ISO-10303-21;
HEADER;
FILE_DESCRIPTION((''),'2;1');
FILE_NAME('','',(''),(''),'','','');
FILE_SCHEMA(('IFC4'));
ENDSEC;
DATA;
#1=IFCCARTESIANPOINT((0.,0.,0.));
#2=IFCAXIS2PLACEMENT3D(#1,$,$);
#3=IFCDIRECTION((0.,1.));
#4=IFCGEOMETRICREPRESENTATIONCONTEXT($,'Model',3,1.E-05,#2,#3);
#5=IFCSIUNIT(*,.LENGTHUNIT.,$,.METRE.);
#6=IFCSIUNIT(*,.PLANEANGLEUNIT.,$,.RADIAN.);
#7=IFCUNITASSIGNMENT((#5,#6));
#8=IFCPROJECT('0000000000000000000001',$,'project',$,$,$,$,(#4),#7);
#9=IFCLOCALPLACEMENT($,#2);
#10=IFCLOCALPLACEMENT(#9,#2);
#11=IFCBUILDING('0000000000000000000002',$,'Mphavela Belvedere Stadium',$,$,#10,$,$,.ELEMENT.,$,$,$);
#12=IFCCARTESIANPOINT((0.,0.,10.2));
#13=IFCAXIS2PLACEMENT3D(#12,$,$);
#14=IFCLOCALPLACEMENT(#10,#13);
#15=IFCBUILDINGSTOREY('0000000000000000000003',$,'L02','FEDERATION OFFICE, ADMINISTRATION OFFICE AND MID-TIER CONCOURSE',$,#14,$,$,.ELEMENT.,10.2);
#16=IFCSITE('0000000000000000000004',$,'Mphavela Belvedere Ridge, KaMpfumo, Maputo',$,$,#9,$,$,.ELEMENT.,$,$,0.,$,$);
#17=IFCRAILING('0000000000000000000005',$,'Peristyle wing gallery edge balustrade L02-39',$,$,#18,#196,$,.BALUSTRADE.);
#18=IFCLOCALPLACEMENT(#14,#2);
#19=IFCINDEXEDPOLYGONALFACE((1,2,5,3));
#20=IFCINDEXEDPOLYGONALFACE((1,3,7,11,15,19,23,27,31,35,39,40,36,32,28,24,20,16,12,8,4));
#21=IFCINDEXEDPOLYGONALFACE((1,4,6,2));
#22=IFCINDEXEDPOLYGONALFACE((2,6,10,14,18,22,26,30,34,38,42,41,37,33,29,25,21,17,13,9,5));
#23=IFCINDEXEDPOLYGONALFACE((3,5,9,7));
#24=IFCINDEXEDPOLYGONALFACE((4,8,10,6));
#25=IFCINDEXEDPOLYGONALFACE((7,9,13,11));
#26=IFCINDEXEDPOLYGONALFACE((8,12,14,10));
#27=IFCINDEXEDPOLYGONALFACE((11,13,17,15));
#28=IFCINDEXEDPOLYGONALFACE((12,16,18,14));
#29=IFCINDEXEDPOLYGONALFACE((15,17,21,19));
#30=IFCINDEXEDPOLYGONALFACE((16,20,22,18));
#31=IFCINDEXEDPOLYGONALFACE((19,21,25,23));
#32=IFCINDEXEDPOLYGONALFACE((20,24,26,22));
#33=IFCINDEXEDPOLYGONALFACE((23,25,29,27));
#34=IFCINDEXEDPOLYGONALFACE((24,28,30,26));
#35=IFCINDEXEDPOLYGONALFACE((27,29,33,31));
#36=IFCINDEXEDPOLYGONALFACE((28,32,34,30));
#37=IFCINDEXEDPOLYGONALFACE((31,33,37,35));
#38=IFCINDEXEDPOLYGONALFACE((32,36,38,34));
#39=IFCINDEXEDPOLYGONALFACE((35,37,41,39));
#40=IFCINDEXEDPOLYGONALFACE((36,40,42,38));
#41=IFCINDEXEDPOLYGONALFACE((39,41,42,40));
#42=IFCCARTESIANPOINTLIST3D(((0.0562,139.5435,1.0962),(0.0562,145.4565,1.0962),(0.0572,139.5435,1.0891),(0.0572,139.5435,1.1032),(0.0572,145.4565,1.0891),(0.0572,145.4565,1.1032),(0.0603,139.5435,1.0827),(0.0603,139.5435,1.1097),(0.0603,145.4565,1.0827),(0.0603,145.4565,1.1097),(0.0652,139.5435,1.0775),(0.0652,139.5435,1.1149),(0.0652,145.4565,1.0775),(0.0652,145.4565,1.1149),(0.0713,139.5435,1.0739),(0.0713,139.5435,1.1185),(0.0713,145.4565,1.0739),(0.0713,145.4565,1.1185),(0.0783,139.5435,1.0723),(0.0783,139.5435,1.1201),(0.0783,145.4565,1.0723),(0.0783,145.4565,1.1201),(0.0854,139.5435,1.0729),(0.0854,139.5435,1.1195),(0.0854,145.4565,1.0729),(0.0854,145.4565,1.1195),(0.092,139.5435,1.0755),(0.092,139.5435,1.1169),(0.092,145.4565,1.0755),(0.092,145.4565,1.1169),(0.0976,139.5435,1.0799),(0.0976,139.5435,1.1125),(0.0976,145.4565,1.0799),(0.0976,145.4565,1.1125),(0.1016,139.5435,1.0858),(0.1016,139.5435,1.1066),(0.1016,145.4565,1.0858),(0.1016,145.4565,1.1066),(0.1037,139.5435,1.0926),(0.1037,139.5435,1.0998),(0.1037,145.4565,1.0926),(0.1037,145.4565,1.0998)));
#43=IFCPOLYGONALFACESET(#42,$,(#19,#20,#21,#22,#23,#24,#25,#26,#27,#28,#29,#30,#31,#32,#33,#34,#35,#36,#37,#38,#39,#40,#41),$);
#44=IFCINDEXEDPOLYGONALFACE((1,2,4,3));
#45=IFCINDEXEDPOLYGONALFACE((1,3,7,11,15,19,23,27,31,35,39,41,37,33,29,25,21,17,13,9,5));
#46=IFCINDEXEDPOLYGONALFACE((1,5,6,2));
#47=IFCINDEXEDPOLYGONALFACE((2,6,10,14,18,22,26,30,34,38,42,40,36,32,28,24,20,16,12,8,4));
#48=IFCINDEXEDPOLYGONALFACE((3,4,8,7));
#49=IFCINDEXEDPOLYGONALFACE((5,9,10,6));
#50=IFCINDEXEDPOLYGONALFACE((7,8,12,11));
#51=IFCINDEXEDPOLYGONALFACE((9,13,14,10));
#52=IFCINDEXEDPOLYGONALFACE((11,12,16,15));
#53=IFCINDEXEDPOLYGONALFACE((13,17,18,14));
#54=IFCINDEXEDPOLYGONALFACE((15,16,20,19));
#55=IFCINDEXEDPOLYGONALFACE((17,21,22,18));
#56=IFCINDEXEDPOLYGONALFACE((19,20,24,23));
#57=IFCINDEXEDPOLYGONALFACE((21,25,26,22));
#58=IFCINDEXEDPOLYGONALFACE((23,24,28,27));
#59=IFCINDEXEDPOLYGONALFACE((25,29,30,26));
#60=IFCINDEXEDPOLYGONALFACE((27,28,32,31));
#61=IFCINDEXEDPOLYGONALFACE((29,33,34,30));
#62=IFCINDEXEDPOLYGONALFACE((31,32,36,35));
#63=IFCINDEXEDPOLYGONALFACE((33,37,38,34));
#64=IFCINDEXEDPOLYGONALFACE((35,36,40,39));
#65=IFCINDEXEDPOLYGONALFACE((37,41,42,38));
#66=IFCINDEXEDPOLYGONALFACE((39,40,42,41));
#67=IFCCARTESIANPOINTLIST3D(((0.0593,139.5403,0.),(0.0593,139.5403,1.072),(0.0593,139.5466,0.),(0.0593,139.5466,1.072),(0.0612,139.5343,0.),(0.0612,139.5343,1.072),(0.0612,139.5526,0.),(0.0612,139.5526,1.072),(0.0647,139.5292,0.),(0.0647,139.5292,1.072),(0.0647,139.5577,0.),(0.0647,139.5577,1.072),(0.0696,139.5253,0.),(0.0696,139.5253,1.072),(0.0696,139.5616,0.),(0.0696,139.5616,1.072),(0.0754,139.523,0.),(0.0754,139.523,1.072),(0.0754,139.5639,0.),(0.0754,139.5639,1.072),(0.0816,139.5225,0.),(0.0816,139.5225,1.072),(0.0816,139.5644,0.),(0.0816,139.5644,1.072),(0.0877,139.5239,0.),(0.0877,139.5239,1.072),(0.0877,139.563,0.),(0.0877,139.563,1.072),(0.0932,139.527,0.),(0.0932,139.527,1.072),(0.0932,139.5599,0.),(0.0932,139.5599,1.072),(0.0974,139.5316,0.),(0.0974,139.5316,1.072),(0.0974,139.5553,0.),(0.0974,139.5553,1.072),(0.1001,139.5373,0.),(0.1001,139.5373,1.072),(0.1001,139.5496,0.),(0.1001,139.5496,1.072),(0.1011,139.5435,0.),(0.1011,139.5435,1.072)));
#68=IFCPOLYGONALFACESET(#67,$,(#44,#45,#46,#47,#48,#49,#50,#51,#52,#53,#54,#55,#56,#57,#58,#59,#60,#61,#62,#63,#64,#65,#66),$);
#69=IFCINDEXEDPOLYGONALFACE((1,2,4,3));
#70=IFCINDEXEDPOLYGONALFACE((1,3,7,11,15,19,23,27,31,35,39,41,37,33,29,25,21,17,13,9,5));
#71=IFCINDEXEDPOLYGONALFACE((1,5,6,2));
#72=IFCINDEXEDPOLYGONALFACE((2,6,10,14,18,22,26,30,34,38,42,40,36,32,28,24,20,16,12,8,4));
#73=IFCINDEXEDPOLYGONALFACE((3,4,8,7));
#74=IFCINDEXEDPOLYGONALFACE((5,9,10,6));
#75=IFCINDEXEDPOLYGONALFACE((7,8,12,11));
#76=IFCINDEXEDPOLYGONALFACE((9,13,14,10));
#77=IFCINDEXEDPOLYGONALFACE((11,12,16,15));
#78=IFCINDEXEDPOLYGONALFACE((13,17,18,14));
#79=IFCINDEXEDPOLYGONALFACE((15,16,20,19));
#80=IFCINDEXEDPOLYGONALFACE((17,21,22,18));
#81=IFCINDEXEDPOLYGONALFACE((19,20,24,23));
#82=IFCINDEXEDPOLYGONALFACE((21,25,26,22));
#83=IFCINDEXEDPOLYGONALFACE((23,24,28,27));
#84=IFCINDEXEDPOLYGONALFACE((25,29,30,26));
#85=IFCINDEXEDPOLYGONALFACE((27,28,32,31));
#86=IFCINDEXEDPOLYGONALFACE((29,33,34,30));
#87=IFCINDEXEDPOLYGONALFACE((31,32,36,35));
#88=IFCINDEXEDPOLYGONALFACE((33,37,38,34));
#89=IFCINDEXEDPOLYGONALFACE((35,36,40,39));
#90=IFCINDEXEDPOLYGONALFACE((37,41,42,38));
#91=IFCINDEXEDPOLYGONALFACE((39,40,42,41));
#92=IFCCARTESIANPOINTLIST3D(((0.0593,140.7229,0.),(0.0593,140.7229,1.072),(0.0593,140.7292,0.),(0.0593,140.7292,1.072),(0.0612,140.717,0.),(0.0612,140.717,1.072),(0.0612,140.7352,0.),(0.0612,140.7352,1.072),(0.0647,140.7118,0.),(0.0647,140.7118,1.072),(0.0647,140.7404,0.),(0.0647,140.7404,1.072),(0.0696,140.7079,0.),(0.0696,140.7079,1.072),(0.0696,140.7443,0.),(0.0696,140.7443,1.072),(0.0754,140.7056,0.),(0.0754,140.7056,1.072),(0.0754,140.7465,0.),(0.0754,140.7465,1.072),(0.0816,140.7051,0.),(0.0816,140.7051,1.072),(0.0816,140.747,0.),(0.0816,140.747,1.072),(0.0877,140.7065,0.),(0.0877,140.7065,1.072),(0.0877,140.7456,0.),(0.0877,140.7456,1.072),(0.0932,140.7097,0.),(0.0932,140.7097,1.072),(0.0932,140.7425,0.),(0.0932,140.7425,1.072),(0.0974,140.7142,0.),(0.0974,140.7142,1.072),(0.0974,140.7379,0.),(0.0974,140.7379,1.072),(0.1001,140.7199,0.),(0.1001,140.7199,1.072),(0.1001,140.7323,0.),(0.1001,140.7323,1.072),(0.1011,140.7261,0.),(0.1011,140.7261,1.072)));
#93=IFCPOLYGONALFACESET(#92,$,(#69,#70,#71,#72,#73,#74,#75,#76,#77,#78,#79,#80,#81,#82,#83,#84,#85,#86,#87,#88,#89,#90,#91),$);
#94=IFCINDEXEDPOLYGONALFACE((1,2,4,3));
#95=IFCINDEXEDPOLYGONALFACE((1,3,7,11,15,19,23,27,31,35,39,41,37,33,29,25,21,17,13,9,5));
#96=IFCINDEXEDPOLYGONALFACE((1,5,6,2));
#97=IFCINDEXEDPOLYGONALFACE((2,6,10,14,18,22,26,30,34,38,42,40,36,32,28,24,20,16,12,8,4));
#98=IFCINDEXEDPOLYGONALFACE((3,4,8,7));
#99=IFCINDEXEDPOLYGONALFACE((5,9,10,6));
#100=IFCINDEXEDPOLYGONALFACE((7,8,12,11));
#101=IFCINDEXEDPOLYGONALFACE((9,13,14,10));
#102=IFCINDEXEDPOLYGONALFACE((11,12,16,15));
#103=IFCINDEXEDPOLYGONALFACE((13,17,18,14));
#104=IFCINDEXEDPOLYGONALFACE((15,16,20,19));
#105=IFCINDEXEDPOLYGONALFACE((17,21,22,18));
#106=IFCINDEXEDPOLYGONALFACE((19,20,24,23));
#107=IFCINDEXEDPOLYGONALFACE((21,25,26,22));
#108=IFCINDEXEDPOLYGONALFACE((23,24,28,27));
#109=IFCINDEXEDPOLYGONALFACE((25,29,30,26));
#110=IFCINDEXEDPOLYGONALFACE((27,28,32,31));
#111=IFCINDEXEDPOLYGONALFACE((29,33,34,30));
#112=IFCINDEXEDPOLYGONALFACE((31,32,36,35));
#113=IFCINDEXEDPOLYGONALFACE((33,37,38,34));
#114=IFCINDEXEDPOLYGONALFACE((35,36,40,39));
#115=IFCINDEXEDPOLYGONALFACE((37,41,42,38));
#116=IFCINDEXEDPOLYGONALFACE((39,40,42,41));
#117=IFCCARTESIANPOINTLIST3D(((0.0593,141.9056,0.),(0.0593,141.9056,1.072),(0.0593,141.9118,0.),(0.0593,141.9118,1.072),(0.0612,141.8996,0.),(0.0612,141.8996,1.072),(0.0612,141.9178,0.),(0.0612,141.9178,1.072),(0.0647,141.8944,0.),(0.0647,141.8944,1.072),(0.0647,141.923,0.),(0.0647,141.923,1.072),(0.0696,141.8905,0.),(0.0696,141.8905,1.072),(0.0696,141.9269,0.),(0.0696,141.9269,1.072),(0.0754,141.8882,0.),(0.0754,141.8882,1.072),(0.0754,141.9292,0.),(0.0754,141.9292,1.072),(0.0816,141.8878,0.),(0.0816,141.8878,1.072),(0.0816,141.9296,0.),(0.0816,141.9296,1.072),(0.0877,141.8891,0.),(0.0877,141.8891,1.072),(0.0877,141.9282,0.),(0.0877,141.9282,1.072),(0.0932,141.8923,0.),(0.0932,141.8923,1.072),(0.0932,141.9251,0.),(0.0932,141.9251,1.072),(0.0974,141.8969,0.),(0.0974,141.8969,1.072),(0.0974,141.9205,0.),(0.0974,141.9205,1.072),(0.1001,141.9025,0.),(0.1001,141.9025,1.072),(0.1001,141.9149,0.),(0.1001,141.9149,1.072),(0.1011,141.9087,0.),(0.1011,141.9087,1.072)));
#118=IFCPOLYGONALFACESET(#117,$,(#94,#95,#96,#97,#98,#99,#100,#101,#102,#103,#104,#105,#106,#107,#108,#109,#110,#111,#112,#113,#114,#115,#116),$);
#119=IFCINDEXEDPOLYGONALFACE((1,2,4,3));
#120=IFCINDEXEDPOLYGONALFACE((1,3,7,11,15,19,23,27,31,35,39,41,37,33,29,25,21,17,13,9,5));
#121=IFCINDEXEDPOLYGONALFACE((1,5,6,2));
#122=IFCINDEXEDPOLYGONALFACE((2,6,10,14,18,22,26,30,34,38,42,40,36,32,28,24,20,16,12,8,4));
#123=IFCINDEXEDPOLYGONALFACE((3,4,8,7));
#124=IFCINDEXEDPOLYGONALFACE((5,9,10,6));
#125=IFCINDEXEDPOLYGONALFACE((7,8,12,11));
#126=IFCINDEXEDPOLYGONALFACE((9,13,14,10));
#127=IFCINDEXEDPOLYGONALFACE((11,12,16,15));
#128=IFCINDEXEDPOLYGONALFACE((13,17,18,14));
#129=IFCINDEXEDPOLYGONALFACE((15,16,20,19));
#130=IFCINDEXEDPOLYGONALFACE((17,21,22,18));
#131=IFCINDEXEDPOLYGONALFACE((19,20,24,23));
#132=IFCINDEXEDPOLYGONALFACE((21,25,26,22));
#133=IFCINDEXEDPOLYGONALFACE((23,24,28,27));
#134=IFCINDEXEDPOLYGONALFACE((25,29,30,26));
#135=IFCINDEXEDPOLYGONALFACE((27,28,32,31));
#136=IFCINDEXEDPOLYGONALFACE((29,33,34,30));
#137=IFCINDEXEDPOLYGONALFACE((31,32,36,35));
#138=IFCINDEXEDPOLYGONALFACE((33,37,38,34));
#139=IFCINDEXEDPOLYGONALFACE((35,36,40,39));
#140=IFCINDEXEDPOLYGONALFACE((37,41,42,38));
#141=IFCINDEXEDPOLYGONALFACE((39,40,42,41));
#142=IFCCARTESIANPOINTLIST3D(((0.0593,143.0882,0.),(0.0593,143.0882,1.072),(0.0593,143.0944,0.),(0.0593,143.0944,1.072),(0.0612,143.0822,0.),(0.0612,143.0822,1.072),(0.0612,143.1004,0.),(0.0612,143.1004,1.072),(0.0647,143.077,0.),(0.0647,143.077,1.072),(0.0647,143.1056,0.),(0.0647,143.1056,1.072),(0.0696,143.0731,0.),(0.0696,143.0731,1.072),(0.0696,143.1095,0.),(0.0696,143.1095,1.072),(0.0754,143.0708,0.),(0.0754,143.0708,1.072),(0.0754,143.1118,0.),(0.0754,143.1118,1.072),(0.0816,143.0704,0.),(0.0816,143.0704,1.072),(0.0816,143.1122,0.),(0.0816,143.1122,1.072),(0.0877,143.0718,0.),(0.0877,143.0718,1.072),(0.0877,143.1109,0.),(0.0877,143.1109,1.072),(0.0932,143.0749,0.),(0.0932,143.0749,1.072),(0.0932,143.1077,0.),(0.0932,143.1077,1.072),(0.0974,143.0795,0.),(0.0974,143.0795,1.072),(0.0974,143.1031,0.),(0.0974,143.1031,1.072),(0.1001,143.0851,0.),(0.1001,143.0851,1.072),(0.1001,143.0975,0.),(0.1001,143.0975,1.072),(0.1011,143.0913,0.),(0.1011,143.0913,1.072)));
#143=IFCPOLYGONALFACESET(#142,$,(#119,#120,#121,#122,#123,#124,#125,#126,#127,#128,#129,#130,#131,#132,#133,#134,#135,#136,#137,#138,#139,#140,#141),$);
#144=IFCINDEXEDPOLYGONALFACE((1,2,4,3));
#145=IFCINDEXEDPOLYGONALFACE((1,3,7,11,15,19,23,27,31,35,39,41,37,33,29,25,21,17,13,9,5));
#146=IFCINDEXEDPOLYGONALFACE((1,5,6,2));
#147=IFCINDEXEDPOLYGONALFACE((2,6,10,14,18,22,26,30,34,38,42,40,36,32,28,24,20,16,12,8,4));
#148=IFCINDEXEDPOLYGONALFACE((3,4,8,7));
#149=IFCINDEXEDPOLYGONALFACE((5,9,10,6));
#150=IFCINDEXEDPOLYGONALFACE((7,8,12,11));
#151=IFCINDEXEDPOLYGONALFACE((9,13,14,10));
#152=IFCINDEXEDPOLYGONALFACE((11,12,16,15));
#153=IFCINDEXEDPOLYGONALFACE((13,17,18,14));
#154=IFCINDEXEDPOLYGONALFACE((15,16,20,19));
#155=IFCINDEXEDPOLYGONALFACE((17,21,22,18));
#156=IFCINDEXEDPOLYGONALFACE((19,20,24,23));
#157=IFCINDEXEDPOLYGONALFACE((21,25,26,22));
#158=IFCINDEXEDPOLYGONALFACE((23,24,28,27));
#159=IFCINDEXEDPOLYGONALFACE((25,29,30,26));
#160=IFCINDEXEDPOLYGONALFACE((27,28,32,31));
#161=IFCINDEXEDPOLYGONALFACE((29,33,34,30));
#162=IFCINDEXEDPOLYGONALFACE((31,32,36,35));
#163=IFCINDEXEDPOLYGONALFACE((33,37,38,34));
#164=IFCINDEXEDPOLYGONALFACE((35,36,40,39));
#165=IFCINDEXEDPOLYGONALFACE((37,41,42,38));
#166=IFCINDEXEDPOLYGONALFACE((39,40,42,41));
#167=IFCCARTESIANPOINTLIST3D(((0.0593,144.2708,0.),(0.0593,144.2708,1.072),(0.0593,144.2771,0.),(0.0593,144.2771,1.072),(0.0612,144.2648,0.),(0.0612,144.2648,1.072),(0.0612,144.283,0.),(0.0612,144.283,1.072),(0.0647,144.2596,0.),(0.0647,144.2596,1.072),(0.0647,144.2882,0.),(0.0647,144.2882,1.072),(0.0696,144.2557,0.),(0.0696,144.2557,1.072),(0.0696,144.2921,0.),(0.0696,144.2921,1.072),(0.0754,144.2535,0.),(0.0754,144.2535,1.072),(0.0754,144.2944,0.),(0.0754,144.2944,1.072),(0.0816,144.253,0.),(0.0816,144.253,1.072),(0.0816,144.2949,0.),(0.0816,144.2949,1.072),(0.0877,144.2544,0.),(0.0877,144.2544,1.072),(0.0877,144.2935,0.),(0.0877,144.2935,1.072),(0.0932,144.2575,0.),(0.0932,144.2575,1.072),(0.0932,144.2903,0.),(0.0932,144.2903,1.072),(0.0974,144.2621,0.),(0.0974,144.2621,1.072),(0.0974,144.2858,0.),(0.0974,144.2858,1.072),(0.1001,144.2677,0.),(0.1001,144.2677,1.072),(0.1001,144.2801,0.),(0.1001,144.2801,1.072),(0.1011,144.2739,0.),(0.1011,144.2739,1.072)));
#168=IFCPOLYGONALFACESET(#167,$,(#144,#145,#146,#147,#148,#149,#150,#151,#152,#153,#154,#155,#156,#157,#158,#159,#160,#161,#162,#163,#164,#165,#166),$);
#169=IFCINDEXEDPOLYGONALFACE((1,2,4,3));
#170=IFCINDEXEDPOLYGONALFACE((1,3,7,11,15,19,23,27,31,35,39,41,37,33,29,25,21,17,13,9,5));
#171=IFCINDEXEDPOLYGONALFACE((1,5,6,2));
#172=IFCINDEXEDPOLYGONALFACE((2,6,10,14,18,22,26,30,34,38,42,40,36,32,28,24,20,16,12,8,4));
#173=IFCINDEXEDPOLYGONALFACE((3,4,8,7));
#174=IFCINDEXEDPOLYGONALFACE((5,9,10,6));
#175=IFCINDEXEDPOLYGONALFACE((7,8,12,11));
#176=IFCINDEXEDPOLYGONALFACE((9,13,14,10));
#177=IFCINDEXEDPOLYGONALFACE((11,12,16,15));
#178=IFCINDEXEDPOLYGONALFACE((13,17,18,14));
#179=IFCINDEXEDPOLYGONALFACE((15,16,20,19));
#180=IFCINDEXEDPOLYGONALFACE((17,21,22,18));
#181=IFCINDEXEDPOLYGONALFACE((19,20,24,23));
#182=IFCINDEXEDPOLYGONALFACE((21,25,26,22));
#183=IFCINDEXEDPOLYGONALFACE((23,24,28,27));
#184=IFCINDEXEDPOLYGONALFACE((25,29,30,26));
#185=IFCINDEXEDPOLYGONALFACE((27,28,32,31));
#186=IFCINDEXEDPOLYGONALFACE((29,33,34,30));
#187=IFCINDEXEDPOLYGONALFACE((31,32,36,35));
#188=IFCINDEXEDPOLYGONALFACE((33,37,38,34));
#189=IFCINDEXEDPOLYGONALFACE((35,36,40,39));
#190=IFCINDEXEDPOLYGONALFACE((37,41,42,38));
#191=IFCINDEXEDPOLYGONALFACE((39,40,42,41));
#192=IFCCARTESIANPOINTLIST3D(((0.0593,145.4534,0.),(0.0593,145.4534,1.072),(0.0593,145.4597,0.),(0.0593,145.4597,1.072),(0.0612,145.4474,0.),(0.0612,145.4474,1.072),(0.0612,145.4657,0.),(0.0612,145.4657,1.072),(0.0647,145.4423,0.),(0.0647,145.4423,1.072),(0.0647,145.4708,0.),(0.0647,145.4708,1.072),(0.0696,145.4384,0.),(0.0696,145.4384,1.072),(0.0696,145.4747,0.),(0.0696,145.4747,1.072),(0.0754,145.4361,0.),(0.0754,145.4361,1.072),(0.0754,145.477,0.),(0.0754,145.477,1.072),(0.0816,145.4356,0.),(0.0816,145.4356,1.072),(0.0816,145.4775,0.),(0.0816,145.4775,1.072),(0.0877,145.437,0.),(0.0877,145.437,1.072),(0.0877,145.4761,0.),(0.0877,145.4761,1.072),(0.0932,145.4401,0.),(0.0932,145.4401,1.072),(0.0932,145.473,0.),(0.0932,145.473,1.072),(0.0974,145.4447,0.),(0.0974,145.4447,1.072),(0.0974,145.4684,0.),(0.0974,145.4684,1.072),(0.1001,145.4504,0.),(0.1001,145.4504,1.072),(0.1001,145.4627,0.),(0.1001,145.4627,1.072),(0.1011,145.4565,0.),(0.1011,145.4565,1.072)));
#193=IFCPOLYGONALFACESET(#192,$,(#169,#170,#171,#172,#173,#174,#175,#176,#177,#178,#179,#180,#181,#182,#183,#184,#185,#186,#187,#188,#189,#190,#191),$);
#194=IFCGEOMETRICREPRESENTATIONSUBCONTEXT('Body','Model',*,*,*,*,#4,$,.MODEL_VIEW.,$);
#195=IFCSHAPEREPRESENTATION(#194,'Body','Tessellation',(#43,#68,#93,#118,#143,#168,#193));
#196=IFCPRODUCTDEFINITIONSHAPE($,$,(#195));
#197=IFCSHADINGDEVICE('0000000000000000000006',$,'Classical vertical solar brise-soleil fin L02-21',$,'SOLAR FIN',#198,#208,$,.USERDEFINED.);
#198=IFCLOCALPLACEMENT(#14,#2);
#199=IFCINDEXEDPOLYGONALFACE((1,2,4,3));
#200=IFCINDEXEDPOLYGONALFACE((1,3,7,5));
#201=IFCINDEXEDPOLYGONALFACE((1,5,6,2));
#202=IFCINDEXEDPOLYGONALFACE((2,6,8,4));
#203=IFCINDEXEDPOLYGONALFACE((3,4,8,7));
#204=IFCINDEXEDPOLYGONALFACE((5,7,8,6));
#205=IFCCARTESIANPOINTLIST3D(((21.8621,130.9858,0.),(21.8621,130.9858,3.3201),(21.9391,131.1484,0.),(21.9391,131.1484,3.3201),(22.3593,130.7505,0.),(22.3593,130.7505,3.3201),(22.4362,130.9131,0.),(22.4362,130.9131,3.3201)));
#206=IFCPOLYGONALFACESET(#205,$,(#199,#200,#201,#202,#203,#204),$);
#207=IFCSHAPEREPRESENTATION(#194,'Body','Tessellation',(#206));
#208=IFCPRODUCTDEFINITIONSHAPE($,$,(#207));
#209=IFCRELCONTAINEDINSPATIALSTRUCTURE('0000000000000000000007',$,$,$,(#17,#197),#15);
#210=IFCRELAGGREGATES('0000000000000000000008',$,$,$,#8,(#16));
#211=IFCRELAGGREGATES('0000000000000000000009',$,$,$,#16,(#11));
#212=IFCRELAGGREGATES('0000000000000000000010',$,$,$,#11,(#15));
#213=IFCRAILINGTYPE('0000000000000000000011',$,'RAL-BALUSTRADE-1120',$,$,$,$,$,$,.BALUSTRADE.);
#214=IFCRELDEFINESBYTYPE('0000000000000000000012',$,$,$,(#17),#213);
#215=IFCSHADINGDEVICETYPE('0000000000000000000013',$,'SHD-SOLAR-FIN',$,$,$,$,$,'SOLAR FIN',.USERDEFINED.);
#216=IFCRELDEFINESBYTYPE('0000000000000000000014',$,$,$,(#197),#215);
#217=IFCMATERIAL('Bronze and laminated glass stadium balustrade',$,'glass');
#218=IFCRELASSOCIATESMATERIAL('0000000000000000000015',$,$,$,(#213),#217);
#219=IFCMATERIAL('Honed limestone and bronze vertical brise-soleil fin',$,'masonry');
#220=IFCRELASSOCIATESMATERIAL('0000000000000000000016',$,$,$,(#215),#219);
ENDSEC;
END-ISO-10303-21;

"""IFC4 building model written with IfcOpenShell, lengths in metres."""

from ifc_helpers import new_model, si_unit, direction, frame, origin, origin_2d, place, context, subcontext, project, spatial, rectangle, circle, extrude, material, type_object, element, save


model = new_model("IFC4")

# Units and contexts
model_context = context("Model", 3, precision=1e-05, world=origin(), true_north=direction((0.0, 1.0)))
body_context = subcontext(model_context, "Body", "Model", "MODEL_VIEW")
ifc_project = project(units=[si_unit("LENGTHUNIT", "METRE"), si_unit("PLANEANGLEUNIT", "RADIAN")], contexts=[model_context])

# Site, building, storey
site_placement = place(None, origin())
site = spatial("IfcSite", under=ifc_project, at=site_placement, Name="Mphavela Belvedere Ridge, KaMpfumo, Maputo", CompositionType="ELEMENT", RefElevation=0.0)
building_placement = place(site_placement, origin())
building = spatial("IfcBuilding", under=site, at=building_placement, Name="Mphavela Belvedere Stadium", CompositionType="ELEMENT")
storey_placement = place(building_placement, frame((0.0, 0.0, 10.2)))
storey = spatial("IfcBuildingStorey", under=building, at=storey_placement, Name="L02", Description="FEDERATION OFFICE, ADMINISTRATION OFFICE AND MID-TIER CONCOURSE", CompositionType="ELEMENT", Elevation=10.2)

# Railing
ifc_material_1 = material(Name="Bronze and laminated glass stadium balustrade", Category="glass")
railing_type = type_object("IfcRailingType", Name="RAL-BALUSTRADE-1120", PredefinedType="BALUSTRADE", material=ifc_material_1)
for number, where, name in (
    (1, (0.0801, 139.5435, 0.0), "Peristyle wing gallery edge balustrade L02-39"),
):
    element("IfcRailing", number, at=place(storey_placement, frame(where)), inside=storey, type_object=railing_type, Name=name, PredefinedType="BALUSTRADE", context=body_context, shape_type="SweptSolid", body=[
        extrude(circle(Radius=0.0239, at=origin_2d()), frame((0.0, 0.0, 1.0962), z_axis=(0.0, 1.0, 0.0), x_axis=(-1.0, 0.0, 0.0)), (0.0, 0.0, 1.0), 5.9131),
        extrude(circle(Radius=0.021, at=origin_2d()), origin(), (0.0, 0.0, 1.0), 1.072),
        extrude(circle(Radius=0.021, at=origin_2d()), frame((0.0, 1.1826, 0.0)), (0.0, 0.0, 1.0), 1.072),
        extrude(circle(Radius=0.021, at=origin_2d()), frame((0.0, 2.3652, 0.0)), (0.0, 0.0, 1.0), 1.072),
        extrude(circle(Radius=0.021, at=origin_2d()), frame((0.0, 3.5479, 0.0)), (0.0, 0.0, 1.0), 1.072),
        extrude(circle(Radius=0.021, at=origin_2d()), frame((0.0, 4.7305, 0.0)), (0.0, 0.0, 1.0), 1.072),
        extrude(circle(Radius=0.021, at=origin_2d()), frame((0.0, 5.9131, 0.0)), (0.0, 0.0, 1.0), 1.072),
    ])

# Shading device
ifc_material_2 = material(Name="Honed limestone and bronze vertical brise-soleil fin", Category="masonry")
shading_device_type = type_object("IfcShadingDeviceType", Name="SHD-SOLAR-FIN", ElementType="SOLAR FIN", PredefinedType="USERDEFINED", material=ifc_material_2)
shading_device_placement = place(storey_placement, frame((22.1492, 130.9495, 0.0), z_axis=(0.0, 0.0, 1.0), x_axis=(-0.903859, 0.427831, 0.0)))
element("IfcShadingDevice", 2, at=shading_device_placement, inside=storey, type_object=shading_device_type, Name="Classical vertical solar brise-soleil fin L02-21", ObjectType="SOLAR FIN", PredefinedType="USERDEFINED", context=body_context, shape_type="SweptSolid", body=[
    extrude(rectangle(XDim=0.55, YDim=0.1799, at=origin_2d()), origin(), (0.0, 0.0, 1.0), 3.3201),
])

save(model, "model.ifc")
